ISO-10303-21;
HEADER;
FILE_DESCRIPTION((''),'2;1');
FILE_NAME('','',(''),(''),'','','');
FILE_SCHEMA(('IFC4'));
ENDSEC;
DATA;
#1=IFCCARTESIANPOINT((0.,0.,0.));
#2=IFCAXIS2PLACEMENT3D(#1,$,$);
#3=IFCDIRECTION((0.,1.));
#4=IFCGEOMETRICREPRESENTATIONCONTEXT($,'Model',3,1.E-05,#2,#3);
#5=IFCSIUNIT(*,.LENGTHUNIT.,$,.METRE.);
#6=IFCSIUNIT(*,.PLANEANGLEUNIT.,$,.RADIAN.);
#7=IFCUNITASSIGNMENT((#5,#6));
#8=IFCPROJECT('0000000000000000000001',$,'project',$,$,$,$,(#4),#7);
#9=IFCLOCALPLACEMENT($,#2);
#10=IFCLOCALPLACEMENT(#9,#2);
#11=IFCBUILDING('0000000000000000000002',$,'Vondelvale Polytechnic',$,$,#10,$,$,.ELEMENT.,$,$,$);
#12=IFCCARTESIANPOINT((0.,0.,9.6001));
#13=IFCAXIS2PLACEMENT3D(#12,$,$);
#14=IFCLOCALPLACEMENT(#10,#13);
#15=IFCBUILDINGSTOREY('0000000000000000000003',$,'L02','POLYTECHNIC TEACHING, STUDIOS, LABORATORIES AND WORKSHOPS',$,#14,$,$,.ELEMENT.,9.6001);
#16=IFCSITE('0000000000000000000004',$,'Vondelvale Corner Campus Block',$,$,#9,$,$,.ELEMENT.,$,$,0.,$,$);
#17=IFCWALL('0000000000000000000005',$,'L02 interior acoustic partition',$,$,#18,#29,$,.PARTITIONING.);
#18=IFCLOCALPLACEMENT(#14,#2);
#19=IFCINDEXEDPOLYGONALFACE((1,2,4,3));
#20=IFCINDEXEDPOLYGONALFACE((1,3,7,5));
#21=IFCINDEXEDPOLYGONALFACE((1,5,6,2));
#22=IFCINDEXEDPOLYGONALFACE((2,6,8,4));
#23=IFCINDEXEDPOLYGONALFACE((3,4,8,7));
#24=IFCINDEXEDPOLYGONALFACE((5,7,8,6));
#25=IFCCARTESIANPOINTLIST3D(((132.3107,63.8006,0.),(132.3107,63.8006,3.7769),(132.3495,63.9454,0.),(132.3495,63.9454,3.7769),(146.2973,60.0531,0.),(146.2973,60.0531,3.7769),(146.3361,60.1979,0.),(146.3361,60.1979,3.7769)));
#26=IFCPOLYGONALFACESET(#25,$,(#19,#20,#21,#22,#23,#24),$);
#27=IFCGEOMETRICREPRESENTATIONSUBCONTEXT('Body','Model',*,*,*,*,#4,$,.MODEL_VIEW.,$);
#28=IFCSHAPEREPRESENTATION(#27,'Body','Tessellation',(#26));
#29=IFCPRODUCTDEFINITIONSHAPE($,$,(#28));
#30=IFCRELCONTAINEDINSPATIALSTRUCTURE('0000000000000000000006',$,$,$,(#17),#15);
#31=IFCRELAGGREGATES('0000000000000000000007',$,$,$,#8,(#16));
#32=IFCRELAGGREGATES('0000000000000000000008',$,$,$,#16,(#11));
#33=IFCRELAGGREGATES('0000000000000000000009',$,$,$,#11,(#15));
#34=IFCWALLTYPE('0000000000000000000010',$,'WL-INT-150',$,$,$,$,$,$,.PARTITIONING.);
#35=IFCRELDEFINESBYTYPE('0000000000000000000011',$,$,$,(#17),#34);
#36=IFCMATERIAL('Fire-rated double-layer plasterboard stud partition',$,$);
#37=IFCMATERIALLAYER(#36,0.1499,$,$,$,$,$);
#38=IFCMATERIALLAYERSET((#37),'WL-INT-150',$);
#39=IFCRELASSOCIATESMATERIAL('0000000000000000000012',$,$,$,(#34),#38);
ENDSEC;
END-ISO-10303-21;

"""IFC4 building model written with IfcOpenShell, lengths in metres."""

from ifc_helpers import new_model, si_unit, direction, frame, frame_2d, origin, place, context, subcontext, project, spatial, rectangle, extrude, material, layer, layer_set, type_object, element, save


model = new_model("IFC4")

# Units and contexts
model_context = context("Model", 3, precision=1e-05, world=origin(), true_north=direction((0.0, 1.0)))
body_context = subcontext(model_context, "Body", "Model", "MODEL_VIEW")
ifc_project = project(units=[si_unit("LENGTHUNIT", "METRE"), si_unit("PLANEANGLEUNIT", "RADIAN")], contexts=[model_context])

# Site, building, storey
site_placement = place(None, origin())
site = spatial("IfcSite", under=ifc_project, at=site_placement, Name="Vondelvale Corner Campus Block", CompositionType="ELEMENT", RefElevation=0.0)
building_placement = place(site_placement, origin())
building = spatial("IfcBuilding", under=site, at=building_placement, Name="Vondelvale Polytechnic", CompositionType="ELEMENT")
storey_placement = place(building_placement, frame((0.0, 0.0, 9.6001)))
storey = spatial("IfcBuildingStorey", under=building, at=storey_placement, Name="L02", Description="POLYTECHNIC TEACHING, STUDIOS, LABORATORIES AND WORKSHOPS", CompositionType="ELEMENT", Elevation=9.6001)

# Shared definitions
ifc_material_1 = material(Name="Fire-rated double-layer plasterboard stud partition")

# Wall
ifc_layer_1 = layer(ifc_material_1, 0.1499)
ifc_layer_set_1 = layer_set([ifc_layer_1], Name="WL-INT-150")
wall_type_1 = type_object("IfcWallType", Name="WL-INT-150", PredefinedType="PARTITIONING", material=ifc_layer_set_1)
wall_1_placement = place(storey_placement, frame((132.3301, 63.873, 0.0), z_axis=(0.0, 0.0, 1.0), x_axis=(0.965928, -0.258811, 0.0)))
element("IfcWall", 1, at=wall_1_placement, inside=storey, type_object=wall_type_1, Name="L02 interior acoustic partition", PredefinedType="PARTITIONING", context=body_context, shape_type="SweptSolid", body=[
    extrude(rectangle(XDim=14.48, YDim=0.1499, at=frame_2d((7.24, 0.0))), origin(), (0.0, 0.0, 1.0), 3.7769),
])

save(model, "model.ifc")
